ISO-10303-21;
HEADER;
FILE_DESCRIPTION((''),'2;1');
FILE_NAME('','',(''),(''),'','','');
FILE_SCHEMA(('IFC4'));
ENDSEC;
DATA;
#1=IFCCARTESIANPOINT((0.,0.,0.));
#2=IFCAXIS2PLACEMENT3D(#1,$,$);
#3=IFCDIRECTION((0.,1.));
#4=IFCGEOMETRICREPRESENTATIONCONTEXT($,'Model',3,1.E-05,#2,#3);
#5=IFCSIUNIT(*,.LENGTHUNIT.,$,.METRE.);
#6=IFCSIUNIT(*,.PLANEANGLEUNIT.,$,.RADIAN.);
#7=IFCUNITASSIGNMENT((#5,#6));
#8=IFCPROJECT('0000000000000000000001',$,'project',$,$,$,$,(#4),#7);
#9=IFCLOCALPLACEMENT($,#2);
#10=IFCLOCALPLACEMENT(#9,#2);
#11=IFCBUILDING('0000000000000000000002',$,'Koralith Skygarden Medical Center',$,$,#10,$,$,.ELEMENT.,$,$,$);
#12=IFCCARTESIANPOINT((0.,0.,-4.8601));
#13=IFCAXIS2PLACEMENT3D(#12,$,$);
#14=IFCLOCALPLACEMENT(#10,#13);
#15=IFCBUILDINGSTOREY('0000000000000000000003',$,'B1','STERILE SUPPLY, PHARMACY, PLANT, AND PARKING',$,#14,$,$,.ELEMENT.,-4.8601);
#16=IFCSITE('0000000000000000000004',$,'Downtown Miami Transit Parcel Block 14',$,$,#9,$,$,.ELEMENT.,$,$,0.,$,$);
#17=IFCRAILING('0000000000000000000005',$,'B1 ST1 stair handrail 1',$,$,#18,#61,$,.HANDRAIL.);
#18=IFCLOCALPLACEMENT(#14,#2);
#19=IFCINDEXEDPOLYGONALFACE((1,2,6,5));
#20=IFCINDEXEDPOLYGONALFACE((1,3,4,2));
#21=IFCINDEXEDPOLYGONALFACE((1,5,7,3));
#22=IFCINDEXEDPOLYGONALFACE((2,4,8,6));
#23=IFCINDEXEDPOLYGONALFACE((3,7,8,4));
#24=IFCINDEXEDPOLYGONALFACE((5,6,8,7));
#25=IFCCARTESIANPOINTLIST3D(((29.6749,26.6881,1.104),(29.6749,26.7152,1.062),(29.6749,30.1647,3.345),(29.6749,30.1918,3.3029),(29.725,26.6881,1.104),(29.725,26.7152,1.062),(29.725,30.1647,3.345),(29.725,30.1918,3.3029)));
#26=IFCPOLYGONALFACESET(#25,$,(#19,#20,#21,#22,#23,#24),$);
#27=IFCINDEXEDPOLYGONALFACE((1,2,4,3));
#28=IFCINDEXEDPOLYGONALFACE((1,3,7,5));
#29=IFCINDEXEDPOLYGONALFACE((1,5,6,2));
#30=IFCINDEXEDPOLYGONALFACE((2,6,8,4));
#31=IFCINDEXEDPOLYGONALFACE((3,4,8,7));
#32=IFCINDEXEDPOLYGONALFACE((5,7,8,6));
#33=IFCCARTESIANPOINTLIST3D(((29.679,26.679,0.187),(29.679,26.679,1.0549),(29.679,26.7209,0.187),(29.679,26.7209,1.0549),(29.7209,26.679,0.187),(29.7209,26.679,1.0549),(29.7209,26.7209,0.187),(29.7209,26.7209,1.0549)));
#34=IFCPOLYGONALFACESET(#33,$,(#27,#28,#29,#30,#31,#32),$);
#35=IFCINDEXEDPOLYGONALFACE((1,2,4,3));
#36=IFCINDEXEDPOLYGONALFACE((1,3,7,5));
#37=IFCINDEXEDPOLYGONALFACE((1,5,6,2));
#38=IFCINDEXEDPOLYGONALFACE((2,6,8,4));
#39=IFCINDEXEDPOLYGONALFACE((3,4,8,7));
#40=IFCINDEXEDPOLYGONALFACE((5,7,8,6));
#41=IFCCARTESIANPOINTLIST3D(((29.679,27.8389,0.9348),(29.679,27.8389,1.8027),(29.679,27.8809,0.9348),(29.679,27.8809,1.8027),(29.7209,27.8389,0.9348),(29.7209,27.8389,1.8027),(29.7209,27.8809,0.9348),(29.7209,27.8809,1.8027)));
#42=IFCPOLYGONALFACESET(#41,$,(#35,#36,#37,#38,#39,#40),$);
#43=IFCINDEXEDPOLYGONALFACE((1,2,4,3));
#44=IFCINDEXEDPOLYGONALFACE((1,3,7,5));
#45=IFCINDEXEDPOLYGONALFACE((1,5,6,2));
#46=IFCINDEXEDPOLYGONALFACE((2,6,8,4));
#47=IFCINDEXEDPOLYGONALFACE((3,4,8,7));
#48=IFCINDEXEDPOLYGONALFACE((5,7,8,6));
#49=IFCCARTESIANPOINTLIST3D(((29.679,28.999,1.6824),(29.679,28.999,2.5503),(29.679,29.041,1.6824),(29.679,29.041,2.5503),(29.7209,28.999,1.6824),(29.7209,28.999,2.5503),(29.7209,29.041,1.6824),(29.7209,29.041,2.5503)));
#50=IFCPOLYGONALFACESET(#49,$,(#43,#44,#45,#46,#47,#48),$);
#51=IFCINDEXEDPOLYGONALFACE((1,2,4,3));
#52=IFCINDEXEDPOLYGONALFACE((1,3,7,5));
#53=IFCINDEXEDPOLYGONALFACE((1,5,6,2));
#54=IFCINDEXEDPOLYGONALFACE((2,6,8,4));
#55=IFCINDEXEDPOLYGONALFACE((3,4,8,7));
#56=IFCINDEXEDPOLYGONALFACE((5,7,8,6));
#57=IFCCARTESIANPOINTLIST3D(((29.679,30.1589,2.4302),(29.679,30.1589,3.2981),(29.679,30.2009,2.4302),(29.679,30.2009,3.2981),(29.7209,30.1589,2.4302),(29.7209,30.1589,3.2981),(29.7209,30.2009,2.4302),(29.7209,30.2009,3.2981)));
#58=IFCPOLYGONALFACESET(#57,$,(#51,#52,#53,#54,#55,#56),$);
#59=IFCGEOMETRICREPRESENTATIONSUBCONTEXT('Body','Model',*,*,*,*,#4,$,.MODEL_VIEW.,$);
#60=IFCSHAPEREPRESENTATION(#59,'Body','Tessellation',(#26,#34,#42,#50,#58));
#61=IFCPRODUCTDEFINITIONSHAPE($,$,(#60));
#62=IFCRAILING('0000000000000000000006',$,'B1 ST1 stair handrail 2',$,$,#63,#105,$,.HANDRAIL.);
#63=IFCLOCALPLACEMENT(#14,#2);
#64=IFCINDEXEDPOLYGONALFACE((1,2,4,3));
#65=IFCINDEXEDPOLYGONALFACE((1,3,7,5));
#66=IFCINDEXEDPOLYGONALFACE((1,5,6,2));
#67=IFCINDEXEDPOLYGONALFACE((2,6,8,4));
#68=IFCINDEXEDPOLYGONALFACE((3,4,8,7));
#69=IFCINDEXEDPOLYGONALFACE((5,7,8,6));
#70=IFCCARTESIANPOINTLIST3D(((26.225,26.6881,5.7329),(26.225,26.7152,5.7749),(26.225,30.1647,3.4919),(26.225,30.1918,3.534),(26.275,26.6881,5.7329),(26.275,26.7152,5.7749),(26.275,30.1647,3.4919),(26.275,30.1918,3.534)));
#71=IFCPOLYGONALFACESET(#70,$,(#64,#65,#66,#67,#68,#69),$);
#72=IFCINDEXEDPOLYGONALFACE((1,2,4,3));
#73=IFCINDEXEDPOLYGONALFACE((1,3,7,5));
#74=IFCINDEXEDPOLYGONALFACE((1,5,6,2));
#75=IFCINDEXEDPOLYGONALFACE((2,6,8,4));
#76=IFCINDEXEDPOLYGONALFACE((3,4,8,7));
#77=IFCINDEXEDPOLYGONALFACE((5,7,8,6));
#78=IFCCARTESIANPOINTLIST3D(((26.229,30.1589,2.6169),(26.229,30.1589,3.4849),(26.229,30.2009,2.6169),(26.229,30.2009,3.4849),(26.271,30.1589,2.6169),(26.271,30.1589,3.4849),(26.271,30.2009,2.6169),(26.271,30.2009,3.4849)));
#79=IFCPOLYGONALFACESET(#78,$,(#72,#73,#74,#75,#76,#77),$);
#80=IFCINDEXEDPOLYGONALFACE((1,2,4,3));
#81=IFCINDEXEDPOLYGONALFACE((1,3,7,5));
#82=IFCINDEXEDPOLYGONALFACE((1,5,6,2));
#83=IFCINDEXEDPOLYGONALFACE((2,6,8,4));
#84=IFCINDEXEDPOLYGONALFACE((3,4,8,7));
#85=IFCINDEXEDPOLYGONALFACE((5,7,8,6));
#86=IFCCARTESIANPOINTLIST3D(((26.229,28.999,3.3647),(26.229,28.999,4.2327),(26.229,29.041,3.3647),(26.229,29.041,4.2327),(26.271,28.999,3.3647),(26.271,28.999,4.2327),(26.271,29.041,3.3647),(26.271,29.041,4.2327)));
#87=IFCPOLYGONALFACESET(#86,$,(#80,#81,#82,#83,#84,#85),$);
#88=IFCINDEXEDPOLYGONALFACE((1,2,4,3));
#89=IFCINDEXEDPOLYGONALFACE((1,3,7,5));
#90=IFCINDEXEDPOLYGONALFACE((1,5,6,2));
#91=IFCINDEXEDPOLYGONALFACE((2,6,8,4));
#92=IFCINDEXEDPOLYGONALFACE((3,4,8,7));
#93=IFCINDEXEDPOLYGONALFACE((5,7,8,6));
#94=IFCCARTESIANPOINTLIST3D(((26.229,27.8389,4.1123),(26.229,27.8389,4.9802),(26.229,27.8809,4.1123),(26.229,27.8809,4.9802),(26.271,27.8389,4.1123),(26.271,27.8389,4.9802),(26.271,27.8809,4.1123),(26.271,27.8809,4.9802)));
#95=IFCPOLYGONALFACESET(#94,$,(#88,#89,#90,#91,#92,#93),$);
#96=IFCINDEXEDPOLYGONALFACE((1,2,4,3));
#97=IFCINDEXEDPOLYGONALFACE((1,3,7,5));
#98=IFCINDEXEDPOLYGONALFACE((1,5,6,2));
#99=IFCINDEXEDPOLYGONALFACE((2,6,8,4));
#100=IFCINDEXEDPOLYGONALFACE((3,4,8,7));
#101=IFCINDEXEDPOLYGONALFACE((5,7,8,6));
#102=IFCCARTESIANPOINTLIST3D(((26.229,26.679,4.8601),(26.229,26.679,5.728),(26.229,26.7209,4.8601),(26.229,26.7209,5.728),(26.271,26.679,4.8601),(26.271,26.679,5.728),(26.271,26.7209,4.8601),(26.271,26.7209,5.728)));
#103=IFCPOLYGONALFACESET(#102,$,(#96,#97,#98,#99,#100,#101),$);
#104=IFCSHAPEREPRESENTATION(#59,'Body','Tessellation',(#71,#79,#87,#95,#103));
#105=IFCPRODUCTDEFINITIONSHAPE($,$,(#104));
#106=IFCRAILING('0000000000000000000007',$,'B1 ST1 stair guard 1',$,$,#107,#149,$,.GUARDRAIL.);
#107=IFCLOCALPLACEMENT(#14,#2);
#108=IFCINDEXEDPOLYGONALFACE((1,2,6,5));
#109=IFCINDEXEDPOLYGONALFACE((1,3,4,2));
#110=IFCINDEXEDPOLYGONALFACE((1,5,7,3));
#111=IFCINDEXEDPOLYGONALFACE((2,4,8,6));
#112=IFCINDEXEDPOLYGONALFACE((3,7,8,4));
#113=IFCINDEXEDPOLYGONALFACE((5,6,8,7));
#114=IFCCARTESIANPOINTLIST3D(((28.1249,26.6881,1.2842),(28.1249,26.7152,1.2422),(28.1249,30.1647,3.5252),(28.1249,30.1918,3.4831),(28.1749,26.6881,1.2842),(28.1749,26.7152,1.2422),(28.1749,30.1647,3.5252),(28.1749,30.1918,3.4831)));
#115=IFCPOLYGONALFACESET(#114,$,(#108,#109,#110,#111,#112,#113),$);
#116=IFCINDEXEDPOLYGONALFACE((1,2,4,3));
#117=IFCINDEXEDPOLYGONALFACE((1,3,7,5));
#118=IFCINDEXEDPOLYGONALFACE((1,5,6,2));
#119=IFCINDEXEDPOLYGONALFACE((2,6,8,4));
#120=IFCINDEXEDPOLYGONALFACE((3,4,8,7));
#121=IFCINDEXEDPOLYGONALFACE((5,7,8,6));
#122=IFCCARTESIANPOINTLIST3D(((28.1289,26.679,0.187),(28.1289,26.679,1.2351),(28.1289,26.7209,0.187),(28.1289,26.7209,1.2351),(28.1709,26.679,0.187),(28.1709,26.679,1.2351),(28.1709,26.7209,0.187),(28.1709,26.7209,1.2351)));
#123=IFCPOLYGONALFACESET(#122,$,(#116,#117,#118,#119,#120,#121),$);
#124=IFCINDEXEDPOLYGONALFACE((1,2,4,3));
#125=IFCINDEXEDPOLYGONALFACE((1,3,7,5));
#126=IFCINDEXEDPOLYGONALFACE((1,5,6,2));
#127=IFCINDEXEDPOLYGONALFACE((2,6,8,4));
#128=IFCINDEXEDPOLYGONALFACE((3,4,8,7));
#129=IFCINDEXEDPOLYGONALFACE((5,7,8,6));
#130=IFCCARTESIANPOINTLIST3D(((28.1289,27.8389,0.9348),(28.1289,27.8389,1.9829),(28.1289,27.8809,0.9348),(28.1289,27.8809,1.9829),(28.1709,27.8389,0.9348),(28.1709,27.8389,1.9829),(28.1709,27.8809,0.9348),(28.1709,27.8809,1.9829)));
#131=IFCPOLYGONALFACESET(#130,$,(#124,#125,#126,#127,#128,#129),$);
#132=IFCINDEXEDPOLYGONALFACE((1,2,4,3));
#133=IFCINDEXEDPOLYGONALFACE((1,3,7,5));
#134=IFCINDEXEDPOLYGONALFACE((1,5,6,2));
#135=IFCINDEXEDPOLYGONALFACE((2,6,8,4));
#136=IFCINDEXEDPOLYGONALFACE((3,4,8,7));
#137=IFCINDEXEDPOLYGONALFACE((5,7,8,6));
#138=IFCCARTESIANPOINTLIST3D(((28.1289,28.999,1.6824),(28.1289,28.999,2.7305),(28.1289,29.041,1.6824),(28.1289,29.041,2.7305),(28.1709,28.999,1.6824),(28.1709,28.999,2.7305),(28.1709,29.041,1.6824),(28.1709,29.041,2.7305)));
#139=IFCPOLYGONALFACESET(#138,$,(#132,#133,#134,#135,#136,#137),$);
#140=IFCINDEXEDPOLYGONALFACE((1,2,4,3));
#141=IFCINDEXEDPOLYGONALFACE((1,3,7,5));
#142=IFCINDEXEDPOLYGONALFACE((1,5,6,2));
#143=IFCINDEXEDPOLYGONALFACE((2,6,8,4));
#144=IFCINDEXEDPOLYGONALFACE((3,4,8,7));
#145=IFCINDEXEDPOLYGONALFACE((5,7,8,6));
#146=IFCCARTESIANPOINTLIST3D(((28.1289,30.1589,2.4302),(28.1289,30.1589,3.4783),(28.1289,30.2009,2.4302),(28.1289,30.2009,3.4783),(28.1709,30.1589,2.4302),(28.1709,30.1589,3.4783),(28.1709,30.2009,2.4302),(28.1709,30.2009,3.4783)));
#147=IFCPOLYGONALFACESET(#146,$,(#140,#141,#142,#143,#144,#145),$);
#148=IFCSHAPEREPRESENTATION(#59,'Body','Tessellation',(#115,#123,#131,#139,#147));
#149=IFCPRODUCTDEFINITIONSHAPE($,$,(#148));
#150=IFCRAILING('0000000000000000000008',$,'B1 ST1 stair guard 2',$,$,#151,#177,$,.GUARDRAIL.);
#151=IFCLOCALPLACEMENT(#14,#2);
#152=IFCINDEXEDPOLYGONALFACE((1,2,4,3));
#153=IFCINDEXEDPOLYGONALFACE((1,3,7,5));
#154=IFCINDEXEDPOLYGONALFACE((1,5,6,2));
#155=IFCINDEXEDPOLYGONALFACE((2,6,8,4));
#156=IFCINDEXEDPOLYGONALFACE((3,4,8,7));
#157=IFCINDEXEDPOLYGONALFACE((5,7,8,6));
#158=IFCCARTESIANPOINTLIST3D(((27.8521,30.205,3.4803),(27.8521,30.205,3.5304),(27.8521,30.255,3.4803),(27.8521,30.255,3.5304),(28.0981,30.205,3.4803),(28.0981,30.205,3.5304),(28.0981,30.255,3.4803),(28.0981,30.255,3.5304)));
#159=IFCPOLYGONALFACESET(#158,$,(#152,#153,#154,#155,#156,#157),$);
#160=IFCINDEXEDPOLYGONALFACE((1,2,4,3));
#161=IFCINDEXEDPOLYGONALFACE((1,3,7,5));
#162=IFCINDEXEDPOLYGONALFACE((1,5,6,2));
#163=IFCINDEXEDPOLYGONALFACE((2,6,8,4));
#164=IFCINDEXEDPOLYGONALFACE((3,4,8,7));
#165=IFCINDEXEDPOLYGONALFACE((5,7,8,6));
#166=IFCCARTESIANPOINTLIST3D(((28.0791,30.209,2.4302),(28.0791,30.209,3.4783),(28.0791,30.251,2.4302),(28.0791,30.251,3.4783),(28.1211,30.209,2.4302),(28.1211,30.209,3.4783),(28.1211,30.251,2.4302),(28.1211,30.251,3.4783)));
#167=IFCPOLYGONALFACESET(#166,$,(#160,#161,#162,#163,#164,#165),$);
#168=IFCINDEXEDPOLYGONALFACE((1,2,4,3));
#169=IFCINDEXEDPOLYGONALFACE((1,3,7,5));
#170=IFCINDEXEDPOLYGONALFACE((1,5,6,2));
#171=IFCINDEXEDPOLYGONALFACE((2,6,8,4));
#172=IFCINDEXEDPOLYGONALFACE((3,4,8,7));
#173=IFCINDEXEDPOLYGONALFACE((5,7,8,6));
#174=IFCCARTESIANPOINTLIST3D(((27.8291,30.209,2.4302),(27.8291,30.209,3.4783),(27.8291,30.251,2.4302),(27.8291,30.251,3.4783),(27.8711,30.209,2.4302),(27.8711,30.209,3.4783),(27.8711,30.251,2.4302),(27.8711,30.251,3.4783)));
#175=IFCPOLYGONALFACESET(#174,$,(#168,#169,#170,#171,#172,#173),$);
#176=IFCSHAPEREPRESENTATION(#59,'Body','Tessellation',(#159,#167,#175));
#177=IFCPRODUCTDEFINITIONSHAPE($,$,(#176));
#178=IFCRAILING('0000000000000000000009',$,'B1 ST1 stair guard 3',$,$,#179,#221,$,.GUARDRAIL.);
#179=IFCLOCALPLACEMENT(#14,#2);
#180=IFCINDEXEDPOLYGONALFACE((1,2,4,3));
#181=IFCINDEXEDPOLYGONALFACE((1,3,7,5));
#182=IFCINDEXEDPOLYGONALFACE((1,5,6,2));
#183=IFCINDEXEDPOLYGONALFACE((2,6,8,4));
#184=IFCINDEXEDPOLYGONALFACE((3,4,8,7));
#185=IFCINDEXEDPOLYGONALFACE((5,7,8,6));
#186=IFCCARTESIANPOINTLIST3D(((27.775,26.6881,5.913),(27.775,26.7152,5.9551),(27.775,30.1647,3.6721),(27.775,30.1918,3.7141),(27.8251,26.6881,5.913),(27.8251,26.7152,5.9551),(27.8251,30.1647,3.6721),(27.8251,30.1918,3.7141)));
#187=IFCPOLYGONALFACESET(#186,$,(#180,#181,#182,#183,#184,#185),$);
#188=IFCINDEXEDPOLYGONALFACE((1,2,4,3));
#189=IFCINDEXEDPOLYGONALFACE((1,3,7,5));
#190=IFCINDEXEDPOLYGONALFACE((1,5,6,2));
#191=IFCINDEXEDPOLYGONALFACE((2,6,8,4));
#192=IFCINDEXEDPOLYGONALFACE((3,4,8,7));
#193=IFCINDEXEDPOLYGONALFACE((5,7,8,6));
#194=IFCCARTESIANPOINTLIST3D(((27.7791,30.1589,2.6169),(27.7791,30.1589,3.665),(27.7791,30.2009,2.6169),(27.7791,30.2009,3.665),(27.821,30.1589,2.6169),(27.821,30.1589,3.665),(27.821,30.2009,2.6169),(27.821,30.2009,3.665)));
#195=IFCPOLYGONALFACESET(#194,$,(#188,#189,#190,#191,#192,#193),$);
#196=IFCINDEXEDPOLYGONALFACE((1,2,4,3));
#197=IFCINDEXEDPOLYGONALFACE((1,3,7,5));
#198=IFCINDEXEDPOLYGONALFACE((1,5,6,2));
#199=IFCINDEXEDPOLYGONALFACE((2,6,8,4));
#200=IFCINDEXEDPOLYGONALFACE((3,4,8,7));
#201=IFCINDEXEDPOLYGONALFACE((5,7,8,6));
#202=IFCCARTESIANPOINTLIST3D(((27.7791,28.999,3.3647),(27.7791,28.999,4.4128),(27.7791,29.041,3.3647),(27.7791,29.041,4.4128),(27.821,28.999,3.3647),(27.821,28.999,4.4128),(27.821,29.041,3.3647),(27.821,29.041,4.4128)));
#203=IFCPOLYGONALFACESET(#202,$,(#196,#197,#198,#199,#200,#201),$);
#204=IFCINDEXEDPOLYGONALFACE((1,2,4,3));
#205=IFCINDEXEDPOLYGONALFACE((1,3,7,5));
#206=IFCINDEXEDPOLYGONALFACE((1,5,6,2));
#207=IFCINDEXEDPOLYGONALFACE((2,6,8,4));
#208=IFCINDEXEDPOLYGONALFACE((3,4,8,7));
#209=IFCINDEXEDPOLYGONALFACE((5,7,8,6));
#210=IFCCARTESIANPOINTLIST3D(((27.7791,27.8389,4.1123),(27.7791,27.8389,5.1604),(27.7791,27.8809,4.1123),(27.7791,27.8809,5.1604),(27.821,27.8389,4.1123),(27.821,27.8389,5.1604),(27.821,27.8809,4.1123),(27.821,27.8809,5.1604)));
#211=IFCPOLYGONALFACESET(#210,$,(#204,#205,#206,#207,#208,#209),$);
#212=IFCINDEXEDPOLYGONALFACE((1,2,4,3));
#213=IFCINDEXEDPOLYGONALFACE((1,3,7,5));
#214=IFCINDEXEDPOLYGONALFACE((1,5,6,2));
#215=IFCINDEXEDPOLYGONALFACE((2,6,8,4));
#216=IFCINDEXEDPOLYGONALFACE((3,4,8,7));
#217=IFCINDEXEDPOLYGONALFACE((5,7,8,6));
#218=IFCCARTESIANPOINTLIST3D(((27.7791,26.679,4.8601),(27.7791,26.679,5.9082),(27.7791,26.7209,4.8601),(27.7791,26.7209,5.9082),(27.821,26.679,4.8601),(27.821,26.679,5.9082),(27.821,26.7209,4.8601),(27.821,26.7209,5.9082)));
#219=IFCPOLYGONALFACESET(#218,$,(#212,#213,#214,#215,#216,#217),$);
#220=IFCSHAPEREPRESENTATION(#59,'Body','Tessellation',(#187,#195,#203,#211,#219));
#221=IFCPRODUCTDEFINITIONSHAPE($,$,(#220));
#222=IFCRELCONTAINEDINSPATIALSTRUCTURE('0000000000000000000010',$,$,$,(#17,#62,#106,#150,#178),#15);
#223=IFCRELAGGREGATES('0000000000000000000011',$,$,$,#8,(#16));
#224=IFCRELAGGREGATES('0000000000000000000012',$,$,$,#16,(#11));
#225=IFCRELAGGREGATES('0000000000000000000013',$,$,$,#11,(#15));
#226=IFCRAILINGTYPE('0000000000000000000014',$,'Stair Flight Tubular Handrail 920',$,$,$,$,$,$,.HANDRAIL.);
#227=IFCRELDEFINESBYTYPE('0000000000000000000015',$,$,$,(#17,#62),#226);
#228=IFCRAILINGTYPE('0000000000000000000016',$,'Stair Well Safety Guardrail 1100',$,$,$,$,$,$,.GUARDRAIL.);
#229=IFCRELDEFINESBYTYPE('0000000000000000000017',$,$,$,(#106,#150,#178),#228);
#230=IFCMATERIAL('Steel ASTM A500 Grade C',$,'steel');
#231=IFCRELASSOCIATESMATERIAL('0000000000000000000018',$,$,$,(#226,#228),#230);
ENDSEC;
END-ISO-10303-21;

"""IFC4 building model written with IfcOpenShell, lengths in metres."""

from ifc_helpers import new_model, si_unit, direction, frame, origin, origin_2d, place, context, subcontext, project, spatial, rectangle, extrude, material, type_object, element, save


model = new_model("IFC4")

# Units and contexts
model_context = context("Model", 3, precision=1e-05, world=origin(), true_north=direction((0.0, 1.0)))
body_context = subcontext(model_context, "Body", "Model", "MODEL_VIEW")
ifc_project = project(units=[si_unit("LENGTHUNIT", "METRE"), si_unit("PLANEANGLEUNIT", "RADIAN")], contexts=[model_context])

# Site, building, storey
site_placement = place(None, origin())
site = spatial("IfcSite", under=ifc_project, at=site_placement, Name="Downtown Miami Transit Parcel Block 14", CompositionType="ELEMENT", RefElevation=0.0)
building_placement = place(site_placement, origin())
building = spatial("IfcBuilding", under=site, at=building_placement, Name="Koralith Skygarden Medical Center", CompositionType="ELEMENT")
storey_placement = place(building_placement, frame((0.0, 0.0, -4.8601)))
storey = spatial("IfcBuildingStorey", under=building, at=storey_placement, Name="B1", Description="STERILE SUPPLY, PHARMACY, PLANT, AND PARKING", CompositionType="ELEMENT", Elevation=-4.8601)

# Shared definitions
ifc_material_1 = material(Name="Steel ASTM A500 Grade C", Category="steel")

# Railings
railing_type_1 = type_object("IfcRailingType", Name="Stair Flight Tubular Handrail 920", PredefinedType="HANDRAIL", material=ifc_material_1)
railing_1_placement = place(storey_placement, frame((29.7, 26.7, 0.187)))
element("IfcRailing", 1, at=railing_1_placement, inside=storey, type_object=railing_type_1, Name="B1 ST1 stair handrail 1", PredefinedType="HANDRAIL", context=body_context, shape_type="SweptSolid", body=[
    extrude(rectangle(XDim=0.05, YDim=0.05, at=origin_2d()), frame((0.0, 0.0017, 0.896), z_axis=(0.0, 0.840515, 0.541788), x_axis=(-1.0, 0.0, 0.0)), (0.0, 0.0, 1.0), 4.1362),
    extrude(rectangle(XDim=0.042, YDim=0.042, at=origin_2d()), origin(), (0.0, 0.0, 1.0), 0.8679),
    extrude(rectangle(XDim=0.042, YDim=0.042, at=origin_2d()), frame((0.0, 1.1599, 0.7478)), (0.0, 0.0, 1.0), 0.8679),
    extrude(rectangle(XDim=0.042, YDim=0.042, at=origin_2d()), frame((0.0, 2.3201, 1.4954)), (0.0, 0.0, 1.0), 0.8679),
    extrude(rectangle(XDim=0.042, YDim=0.042, at=origin_2d()), frame((0.0, 3.48, 2.2432)), (0.0, 0.0, 1.0), 0.8679),
])
railing_2_placement = place(storey_placement, frame((26.25, 30.1799, 2.6169)))
element("IfcRailing", 2, at=railing_2_placement, inside=storey, type_object=railing_type_1, Name="B1 ST1 stair handrail 2", PredefinedType="HANDRAIL", context=body_context, shape_type="SweptSolid", body=[
    extrude(rectangle(XDim=0.05, YDim=0.05, at=origin_2d()), frame((0.0, -0.0017, 0.896), z_axis=(0.0, -0.840515, 0.541788), x_axis=(1.0, 0.0, 0.0)), (0.0, 0.0, 1.0), 4.1362),
    extrude(rectangle(XDim=0.042, YDim=0.042, at=origin_2d()), origin(), (0.0, 0.0, 1.0), 0.8679),
    extrude(rectangle(XDim=0.042, YDim=0.042, at=origin_2d()), frame((0.0, -1.1599, 0.7478)), (0.0, 0.0, 1.0), 0.8679),
    extrude(rectangle(XDim=0.042, YDim=0.042, at=origin_2d()), frame((0.0, -2.3201, 1.4954)), (0.0, 0.0, 1.0), 0.8679),
    extrude(rectangle(XDim=0.042, YDim=0.042, at=origin_2d()), frame((0.0, -3.48, 2.2432)), (0.0, 0.0, 1.0), 0.8679),
])
railing_type_2 = type_object("IfcRailingType", Name="Stair Well Safety Guardrail 1100", PredefinedType="GUARDRAIL", material=ifc_material_1)
railing_3_placement = place(storey_placement, frame((28.1499, 26.7, 0.187)))
element("IfcRailing", 3, at=railing_3_placement, inside=storey, type_object=railing_type_2, Name="B1 ST1 stair guard 1", PredefinedType="GUARDRAIL", context=body_context, shape_type="SweptSolid", body=[
    extrude(rectangle(XDim=0.05, YDim=0.05, at=origin_2d()), frame((0.0, 0.0017, 1.0762), z_axis=(0.0, 0.840515, 0.541788), x_axis=(-1.0, 0.0, 0.0)), (0.0, 0.0, 1.0), 4.1362),
    extrude(rectangle(XDim=0.042, YDim=0.042, at=origin_2d()), origin(), (0.0, 0.0, 1.0), 1.0481),
    extrude(rectangle(XDim=0.042, YDim=0.042, at=origin_2d()), frame((0.0, 1.1599, 0.7478)), (0.0, 0.0, 1.0), 1.0481),
    extrude(rectangle(XDim=0.042, YDim=0.042, at=origin_2d()), frame((0.0, 2.3201, 1.4954)), (0.0, 0.0, 1.0), 1.0481),
    extrude(rectangle(XDim=0.042, YDim=0.042, at=origin_2d()), frame((0.0, 3.48, 2.2432)), (0.0, 0.0, 1.0), 1.0481),
])
railing_4_placement = place(storey_placement, frame((28.1001, 30.23, 2.4302)))
element("IfcRailing", 4, at=railing_4_placement, inside=storey, type_object=railing_type_2, Name="B1 ST1 stair guard 2", PredefinedType="GUARDRAIL", context=body_context, shape_type="SweptSolid", body=[
    extrude(rectangle(XDim=0.05, YDim=0.05, at=origin_2d()), frame((-0.002, 0.0, 1.0752), z_axis=(-1.0, 0.0, 0.0), x_axis=(0.0, -1.0, 0.0)), (0.0, 0.0, 1.0), 0.2461),
    extrude(rectangle(XDim=0.042, YDim=0.042, at=origin_2d()), origin(), (0.0, 0.0, 1.0), 1.0481),
    extrude(rectangle(XDim=0.042, YDim=0.042, at=origin_2d()), frame((-0.25, 0.0, 0.0)), (0.0, 0.0, 1.0), 1.0481),
])
railing_5_placement = place(storey_placement, frame((27.8, 30.1799, 2.6169)))
element("IfcRailing", 5, at=railing_5_placement, inside=storey, type_object=railing_type_2, Name="B1 ST1 stair guard 3", PredefinedType="GUARDRAIL", context=body_context, shape_type="SweptSolid", body=[
    extrude(rectangle(XDim=0.05, YDim=0.05, at=origin_2d()), frame((0.0, -0.0017, 1.0762), z_axis=(0.0, -0.840515, 0.541788), x_axis=(1.0, 0.0, 0.0)), (0.0, 0.0, 1.0), 4.1362),
    extrude(rectangle(XDim=0.042, YDim=0.042, at=origin_2d()), origin(), (0.0, 0.0, 1.0), 1.0481),
    extrude(rectangle(XDim=0.042, YDim=0.042, at=origin_2d()), frame((0.0, -1.1599, 0.7478)), (0.0, 0.0, 1.0), 1.0481),
    extrude(rectangle(XDim=0.042, YDim=0.042, at=origin_2d()), frame((0.0, -2.3201, 1.4954)), (0.0, 0.0, 1.0), 1.0481),
    extrude(rectangle(XDim=0.042, YDim=0.042, at=origin_2d()), frame((0.0, -3.48, 2.2432)), (0.0, 0.0, 1.0), 1.0481),
])

save(model, "model.ifc")
